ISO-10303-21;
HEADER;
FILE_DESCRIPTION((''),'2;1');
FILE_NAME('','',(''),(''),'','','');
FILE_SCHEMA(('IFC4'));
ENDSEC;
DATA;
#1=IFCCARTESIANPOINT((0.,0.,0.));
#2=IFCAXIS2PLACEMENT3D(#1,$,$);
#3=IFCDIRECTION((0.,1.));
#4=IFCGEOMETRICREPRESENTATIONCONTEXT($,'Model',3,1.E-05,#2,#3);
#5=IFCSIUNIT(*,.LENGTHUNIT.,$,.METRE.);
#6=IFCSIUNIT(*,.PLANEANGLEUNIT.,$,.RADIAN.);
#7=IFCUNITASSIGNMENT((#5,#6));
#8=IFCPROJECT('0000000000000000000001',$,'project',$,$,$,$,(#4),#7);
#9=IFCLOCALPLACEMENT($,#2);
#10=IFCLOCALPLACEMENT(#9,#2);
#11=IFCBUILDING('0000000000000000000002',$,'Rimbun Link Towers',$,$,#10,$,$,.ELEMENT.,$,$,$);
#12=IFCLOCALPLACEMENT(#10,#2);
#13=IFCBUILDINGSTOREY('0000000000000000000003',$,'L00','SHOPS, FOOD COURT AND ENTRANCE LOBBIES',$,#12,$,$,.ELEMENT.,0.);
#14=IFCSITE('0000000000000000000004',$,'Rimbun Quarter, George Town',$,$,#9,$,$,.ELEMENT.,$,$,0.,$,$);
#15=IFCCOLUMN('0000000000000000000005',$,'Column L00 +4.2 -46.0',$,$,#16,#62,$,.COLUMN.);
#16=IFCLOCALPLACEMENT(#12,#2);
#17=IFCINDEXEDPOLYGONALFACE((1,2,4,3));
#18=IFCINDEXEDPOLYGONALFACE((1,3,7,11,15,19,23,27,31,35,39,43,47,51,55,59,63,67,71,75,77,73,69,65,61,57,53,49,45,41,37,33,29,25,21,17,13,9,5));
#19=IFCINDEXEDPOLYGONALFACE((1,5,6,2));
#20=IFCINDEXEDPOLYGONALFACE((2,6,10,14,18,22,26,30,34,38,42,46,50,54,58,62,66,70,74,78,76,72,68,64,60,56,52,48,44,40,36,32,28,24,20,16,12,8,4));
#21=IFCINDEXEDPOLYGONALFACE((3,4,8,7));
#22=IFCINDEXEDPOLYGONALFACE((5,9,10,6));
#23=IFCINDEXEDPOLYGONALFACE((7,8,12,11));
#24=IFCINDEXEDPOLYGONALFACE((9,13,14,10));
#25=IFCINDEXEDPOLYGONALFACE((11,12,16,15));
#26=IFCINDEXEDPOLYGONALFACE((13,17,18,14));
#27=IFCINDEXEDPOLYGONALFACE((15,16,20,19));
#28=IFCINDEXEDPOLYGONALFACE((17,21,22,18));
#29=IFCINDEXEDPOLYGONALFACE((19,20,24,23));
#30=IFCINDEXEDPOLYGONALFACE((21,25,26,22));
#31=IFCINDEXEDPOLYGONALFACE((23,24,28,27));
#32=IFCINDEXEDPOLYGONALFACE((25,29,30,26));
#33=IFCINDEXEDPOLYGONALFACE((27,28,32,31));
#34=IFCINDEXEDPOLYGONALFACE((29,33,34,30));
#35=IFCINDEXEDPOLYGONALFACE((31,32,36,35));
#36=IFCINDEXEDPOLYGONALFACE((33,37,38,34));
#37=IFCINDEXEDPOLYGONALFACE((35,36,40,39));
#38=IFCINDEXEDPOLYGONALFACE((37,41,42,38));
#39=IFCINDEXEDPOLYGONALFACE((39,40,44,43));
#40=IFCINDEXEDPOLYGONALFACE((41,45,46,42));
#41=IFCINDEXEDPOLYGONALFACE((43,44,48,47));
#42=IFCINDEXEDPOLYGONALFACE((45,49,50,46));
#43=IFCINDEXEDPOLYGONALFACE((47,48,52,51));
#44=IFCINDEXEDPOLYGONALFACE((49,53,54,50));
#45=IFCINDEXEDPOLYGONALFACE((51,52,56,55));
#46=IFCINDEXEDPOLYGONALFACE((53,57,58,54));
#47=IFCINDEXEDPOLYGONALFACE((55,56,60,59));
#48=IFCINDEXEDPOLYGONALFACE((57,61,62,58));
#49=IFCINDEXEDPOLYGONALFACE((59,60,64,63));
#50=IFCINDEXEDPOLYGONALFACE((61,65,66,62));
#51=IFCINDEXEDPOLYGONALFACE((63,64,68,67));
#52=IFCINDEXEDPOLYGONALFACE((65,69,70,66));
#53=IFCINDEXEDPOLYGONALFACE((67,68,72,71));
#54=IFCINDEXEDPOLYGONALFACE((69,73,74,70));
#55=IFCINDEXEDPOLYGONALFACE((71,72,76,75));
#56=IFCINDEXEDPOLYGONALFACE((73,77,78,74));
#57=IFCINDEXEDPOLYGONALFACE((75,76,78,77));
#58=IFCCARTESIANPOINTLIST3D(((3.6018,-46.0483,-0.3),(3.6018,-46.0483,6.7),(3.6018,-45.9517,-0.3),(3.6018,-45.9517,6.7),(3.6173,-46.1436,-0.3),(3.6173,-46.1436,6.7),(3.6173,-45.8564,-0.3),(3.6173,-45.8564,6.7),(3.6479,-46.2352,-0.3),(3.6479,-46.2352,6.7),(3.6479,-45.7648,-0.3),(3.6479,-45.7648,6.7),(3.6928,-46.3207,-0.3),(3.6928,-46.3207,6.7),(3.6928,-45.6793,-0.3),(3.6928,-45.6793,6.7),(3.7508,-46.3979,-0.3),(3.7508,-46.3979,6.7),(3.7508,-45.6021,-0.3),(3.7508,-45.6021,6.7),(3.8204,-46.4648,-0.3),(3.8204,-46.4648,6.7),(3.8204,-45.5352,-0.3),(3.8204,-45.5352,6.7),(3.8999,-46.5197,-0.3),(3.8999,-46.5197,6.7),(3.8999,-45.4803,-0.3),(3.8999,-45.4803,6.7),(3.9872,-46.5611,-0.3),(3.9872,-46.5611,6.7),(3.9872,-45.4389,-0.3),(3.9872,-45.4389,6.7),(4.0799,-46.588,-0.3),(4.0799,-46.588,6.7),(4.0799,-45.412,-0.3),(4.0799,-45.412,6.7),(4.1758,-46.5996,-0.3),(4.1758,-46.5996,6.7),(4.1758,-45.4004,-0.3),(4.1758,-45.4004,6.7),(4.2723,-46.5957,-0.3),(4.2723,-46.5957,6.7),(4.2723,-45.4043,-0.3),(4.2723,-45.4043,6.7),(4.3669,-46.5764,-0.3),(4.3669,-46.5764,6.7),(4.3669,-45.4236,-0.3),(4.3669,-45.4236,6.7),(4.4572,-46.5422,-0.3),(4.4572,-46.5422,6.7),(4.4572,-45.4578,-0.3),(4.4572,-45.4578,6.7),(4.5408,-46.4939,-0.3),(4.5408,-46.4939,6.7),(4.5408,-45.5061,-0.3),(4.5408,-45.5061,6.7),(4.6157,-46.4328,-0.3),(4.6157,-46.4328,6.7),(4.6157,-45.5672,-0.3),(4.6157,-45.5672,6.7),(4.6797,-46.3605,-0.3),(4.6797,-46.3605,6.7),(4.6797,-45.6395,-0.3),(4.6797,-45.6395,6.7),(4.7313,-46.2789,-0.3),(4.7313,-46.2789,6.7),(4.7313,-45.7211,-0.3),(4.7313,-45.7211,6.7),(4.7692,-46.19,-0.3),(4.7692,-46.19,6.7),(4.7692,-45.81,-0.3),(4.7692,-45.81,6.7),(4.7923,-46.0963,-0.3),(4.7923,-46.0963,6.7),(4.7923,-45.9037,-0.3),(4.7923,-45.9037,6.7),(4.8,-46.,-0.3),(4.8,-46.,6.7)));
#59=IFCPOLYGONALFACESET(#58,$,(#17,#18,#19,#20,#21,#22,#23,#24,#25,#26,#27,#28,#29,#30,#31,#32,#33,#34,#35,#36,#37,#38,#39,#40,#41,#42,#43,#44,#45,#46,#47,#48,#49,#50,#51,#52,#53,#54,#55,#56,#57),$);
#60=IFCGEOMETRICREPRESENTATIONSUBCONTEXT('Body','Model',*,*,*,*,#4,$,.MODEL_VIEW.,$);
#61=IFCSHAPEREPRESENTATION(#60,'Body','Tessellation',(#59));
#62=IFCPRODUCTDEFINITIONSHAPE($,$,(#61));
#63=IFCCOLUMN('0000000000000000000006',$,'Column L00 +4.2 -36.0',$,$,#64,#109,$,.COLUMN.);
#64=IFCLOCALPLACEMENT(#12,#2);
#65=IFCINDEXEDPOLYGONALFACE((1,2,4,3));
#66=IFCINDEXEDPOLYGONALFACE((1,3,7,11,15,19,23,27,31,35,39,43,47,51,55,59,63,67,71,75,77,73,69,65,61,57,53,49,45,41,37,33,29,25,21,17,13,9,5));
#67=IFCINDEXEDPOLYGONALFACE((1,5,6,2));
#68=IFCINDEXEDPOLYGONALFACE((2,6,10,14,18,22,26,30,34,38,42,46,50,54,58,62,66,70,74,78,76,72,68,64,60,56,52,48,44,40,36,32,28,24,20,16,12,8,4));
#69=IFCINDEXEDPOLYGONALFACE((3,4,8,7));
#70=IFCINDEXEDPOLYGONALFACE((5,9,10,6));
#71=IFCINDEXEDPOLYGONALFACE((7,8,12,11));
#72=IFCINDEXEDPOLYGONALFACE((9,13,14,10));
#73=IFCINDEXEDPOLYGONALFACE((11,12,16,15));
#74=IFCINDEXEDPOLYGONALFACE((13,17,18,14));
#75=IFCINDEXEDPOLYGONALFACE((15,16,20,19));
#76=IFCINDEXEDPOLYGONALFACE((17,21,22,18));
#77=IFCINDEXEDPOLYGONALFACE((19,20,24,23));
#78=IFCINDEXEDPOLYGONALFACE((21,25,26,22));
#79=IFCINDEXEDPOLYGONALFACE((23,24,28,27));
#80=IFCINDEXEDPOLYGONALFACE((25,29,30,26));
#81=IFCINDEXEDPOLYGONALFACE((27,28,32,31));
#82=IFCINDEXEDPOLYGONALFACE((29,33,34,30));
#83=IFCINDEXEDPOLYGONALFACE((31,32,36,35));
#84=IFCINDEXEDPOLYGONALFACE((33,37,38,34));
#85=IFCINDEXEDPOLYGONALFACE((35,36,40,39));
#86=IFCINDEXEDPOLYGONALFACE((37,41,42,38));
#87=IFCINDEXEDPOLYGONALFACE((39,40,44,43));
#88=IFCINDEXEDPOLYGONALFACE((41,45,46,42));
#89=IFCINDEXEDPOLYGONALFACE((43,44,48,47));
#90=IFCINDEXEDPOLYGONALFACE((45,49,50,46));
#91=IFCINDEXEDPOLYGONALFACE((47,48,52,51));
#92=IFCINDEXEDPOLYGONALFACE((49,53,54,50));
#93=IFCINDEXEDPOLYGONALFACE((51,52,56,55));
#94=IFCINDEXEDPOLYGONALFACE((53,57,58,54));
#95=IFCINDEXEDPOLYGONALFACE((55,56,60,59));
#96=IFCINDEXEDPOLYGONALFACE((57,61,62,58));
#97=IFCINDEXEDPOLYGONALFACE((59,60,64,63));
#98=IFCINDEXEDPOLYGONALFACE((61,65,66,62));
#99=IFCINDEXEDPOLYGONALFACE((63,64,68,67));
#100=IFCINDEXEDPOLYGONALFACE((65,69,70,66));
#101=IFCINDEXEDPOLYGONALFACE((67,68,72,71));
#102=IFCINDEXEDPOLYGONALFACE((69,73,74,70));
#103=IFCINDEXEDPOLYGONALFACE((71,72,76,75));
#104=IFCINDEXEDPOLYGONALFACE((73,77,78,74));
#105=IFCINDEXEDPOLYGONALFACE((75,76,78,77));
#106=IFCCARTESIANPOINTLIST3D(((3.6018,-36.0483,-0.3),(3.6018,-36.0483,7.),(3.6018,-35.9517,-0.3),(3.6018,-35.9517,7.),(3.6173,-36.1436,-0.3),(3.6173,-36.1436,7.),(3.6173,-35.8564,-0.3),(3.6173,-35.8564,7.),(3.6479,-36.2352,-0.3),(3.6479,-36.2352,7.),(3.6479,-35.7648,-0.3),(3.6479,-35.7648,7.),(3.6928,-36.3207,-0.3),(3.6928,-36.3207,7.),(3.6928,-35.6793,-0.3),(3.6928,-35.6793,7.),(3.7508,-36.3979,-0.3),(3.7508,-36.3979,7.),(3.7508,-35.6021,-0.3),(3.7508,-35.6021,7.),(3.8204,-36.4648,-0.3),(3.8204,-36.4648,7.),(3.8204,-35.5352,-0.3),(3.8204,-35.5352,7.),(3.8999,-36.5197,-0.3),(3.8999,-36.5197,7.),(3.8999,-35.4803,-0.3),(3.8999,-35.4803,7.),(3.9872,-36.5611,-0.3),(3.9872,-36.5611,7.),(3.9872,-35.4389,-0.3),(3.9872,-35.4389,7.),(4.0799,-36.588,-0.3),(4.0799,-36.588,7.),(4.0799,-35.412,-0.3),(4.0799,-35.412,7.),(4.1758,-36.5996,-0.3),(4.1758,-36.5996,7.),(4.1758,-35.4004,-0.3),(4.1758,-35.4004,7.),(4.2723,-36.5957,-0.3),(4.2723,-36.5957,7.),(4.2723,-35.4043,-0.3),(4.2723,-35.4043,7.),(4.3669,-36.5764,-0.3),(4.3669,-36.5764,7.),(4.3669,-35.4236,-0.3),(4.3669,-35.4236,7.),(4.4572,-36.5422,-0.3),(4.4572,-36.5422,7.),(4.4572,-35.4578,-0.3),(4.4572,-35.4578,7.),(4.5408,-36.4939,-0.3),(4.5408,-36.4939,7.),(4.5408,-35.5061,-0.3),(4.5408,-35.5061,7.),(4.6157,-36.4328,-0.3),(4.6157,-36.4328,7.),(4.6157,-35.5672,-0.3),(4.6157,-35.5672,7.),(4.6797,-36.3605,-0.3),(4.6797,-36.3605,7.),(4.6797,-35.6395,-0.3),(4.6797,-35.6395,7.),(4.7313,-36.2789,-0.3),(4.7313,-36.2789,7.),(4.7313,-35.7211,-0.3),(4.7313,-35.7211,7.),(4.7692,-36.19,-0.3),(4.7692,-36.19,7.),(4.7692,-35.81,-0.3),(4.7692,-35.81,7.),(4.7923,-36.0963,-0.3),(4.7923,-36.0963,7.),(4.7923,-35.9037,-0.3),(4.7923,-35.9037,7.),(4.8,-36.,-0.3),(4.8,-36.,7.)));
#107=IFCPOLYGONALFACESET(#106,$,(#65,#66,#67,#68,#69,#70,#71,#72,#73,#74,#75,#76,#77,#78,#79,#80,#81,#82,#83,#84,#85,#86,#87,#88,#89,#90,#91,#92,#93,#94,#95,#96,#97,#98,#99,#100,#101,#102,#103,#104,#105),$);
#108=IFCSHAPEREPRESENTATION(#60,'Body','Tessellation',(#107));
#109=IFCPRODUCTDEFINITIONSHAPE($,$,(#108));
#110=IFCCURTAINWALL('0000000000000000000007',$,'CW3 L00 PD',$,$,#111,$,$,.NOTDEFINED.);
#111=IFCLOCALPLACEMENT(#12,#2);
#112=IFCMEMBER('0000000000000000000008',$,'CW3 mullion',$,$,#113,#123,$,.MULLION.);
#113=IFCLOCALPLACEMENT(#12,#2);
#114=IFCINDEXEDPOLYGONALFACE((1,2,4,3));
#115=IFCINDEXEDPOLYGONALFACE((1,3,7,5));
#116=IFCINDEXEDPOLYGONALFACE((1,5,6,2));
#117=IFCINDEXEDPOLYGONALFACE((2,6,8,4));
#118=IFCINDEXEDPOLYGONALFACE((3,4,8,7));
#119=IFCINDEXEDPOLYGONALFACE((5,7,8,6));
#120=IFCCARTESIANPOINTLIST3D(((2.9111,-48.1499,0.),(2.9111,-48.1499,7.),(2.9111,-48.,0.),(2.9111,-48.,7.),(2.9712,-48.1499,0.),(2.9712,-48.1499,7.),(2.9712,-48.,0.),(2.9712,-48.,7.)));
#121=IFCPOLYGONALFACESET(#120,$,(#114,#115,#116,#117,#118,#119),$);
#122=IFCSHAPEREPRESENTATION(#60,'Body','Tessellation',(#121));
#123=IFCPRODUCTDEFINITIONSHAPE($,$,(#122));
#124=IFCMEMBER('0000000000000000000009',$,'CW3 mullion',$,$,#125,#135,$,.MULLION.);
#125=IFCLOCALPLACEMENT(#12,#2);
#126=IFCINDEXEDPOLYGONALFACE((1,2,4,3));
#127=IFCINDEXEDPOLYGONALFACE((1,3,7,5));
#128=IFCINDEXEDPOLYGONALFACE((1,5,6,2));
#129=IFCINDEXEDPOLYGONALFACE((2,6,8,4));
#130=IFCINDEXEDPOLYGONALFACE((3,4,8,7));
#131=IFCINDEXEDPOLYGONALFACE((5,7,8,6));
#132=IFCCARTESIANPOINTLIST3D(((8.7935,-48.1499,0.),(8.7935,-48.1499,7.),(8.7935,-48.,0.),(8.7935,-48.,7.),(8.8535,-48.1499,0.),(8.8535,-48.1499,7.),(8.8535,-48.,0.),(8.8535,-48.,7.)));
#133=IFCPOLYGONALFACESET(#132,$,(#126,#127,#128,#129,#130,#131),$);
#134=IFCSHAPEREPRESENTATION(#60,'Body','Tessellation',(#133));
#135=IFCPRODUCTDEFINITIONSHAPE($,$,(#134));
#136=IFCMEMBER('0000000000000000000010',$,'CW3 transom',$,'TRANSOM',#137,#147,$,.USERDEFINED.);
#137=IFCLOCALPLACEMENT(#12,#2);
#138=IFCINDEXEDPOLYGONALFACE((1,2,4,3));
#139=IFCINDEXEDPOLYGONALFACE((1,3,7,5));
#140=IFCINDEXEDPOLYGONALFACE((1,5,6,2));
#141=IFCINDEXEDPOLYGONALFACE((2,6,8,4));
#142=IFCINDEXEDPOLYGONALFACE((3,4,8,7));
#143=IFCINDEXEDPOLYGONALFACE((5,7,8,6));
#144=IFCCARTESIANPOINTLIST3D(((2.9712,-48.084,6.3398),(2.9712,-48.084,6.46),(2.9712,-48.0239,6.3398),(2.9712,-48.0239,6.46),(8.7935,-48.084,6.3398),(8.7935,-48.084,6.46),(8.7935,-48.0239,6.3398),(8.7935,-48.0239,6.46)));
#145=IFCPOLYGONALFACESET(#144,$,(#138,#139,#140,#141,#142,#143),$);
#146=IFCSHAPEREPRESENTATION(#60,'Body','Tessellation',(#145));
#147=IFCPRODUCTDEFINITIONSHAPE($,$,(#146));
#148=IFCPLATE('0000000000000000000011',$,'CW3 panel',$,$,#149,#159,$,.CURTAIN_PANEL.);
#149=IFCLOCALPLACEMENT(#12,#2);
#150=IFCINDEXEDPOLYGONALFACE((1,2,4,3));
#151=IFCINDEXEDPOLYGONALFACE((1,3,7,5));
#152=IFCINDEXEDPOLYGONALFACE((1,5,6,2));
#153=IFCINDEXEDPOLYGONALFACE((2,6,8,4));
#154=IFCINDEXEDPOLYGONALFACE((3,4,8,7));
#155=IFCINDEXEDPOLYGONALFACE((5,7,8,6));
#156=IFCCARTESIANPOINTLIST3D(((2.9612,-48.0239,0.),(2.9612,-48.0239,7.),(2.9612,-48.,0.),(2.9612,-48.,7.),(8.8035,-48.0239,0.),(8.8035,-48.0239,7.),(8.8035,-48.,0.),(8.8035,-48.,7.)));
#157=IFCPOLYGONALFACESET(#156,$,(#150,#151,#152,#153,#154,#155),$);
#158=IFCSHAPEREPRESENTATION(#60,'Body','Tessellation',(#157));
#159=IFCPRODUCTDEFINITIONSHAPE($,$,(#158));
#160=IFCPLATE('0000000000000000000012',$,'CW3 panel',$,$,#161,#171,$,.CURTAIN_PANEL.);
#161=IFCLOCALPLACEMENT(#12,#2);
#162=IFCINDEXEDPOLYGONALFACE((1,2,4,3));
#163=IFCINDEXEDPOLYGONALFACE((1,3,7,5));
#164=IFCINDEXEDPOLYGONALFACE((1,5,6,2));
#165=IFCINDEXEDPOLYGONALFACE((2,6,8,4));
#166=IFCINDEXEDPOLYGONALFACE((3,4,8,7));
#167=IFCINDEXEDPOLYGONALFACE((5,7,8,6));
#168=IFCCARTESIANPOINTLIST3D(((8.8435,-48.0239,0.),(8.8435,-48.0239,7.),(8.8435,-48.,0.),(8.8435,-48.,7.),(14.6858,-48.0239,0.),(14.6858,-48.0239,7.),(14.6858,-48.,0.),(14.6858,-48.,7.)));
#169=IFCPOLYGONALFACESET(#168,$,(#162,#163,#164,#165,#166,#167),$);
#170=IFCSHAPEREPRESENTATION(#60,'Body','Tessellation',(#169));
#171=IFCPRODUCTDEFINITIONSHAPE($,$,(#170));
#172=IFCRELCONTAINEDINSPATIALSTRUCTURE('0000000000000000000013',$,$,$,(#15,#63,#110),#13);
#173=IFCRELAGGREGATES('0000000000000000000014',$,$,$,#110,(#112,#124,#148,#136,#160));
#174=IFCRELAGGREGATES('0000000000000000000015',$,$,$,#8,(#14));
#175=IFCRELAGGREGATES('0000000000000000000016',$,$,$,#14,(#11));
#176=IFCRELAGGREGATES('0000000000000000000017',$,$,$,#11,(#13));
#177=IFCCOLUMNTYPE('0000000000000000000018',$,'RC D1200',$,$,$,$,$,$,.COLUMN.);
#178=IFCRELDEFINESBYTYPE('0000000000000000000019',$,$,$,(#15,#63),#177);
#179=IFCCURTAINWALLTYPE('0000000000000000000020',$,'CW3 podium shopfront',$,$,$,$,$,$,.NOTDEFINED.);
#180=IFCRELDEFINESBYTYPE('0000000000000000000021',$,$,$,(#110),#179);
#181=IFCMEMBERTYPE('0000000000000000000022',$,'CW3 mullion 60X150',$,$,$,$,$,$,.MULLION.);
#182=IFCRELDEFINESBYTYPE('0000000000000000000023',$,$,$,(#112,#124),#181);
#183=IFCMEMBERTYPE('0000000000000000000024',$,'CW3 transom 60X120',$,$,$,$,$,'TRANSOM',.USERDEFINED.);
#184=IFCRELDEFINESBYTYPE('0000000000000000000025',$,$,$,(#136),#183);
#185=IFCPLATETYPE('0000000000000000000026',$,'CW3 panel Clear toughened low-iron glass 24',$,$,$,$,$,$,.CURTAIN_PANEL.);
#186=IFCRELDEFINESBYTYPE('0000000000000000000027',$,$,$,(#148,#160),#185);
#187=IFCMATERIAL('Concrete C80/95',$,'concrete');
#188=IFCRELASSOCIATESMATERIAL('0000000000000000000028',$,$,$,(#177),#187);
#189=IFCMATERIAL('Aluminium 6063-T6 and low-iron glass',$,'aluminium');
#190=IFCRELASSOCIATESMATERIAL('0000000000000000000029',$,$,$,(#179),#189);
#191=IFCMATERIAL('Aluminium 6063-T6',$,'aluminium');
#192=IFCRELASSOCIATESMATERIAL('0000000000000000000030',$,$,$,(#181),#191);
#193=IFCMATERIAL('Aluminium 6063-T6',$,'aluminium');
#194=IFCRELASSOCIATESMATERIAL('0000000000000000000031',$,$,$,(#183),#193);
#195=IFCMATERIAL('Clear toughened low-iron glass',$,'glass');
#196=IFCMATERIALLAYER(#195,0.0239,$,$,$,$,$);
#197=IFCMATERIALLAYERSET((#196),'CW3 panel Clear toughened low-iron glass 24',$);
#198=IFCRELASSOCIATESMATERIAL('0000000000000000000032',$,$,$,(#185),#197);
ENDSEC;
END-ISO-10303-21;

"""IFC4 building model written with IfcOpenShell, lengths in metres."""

from ifc_helpers import new_model, si_unit, direction, frame, origin, origin_2d, place, context, subcontext, project, spatial, rectangle, circle, extrude, material, layer, layer_set, material_profile, profile_set, type_object, element, aggregate, save


model = new_model("IFC4")

# Units and contexts
model_context = context("Model", 3, precision=1e-05, world=origin(), true_north=direction((0.0, 1.0)))
body_context = subcontext(model_context, "Body", "Model", "MODEL_VIEW")
ifc_project = project(units=[si_unit("LENGTHUNIT", "METRE"), si_unit("PLANEANGLEUNIT", "RADIAN")], contexts=[model_context])

# Site, building, storey
site_placement = place(None, origin())
site = spatial("IfcSite", under=ifc_project, at=site_placement, Name="Rimbun Quarter, George Town", CompositionType="ELEMENT", RefElevation=0.0)
building_placement = place(site_placement, origin())
building = spatial("IfcBuilding", under=site, at=building_placement, Name="Rimbun Link Towers", CompositionType="ELEMENT")
storey_placement = place(building_placement, origin())
storey = spatial("IfcBuildingStorey", under=building, at=storey_placement, Name="L00", Description="SHOPS, FOOD COURT AND ENTRANCE LOBBIES", CompositionType="ELEMENT", Elevation=0.0)

# Columns
ifc_material_1 = material(Name="Concrete C80/95", Category="concrete")
ifc_material_profile_1 = material_profile(ifc_material_1, circle(Radius=0.6001, at=origin_2d()), Name="RC D1200")
ifc_profile_set_1 = profile_set([ifc_material_profile_1], Name="Concrete C80/95")
column_type = type_object("IfcColumnType", Name="RC D1200", PredefinedType="COLUMN", material=ifc_profile_set_1)
column_1_placement = place(storey_placement, frame((4.2, -46.0, -0.3), z_axis=(0.0, 0.0, 1.0), x_axis=(1.0, 0.0, 0.0)))
element("IfcColumn", 1, at=column_1_placement, inside=storey, type_object=column_type, Name="Column L00 +4.2 -46.0", PredefinedType="COLUMN", context=body_context, shape_type="SweptSolid", body=[
    extrude(circle(Radius=0.6001, at=origin_2d()), origin(), (0.0, 0.0, 1.0), 7.0),
])
column_2_placement = place(storey_placement, frame((4.2, -36.0, -0.3), z_axis=(0.0, 0.0, 1.0), x_axis=(1.0, 0.0, 0.0)))
element("IfcColumn", 2, at=column_2_placement, inside=storey, type_object=column_type, Name="Column L00 +4.2 -36.0", PredefinedType="COLUMN", context=body_context, shape_type="SweptSolid", body=[
    extrude(circle(Radius=0.6001, at=origin_2d()), origin(), (0.0, 0.0, 1.0), 7.3),
])

# Curtain wall, members, plates
ifc_material_2 = material(Name="Aluminium 6063-T6 and low-iron glass", Category="aluminium")
curtain_wall_type = type_object("IfcCurtainWallType", Name="CW3 podium shopfront", PredefinedType="NOTDEFINED", material=ifc_material_2)
curtain_wall_placement = place(storey_placement, origin())
curtain_wall = element("IfcCurtainWall", 3, at=curtain_wall_placement, inside=storey, type_object=curtain_wall_type, Name="CW3 L00 PD", PredefinedType="NOTDEFINED")
ifc_material_3 = material(Name="Aluminium 6063-T6", Category="aluminium")
ifc_material_profile_2 = material_profile(ifc_material_3, rectangle(XDim=0.1499, YDim=0.0601, at=origin_2d()), Name="MULLION 60X150")
ifc_profile_set_2 = profile_set([ifc_material_profile_2], Name="Aluminium 6063-T6")
member_type_1 = type_object("IfcMemberType", Name="CW3 mullion 60X150", PredefinedType="MULLION", material=ifc_profile_set_2)
member_1_placement = place(storey_placement, frame((2.9412, -48.075, 0.0), z_axis=(0.0, 0.0, 1.0), x_axis=(0.0, -1.0, 0.0)))
member_1 = element("IfcMember", 4, at=member_1_placement, type_object=member_type_1, Name="CW3 mullion", PredefinedType="MULLION", context=body_context, shape_type="SweptSolid", body=[
    extrude(rectangle(XDim=0.1499, YDim=0.0601, at=origin_2d()), origin(), (0.0, 0.0, 1.0), 7.0),
])
member_2_placement = place(storey_placement, frame((8.8235, -48.075, 0.0), z_axis=(0.0, 0.0, 1.0), x_axis=(0.0, -1.0, 0.0)))
member_2 = element("IfcMember", 5, at=member_2_placement, type_object=member_type_1, Name="CW3 mullion", PredefinedType="MULLION", context=body_context, shape_type="SweptSolid", body=[
    extrude(rectangle(XDim=0.1499, YDim=0.0601, at=origin_2d()), origin(), (0.0, 0.0, 1.0), 7.0),
])
ifc_material_4 = material(Name="Aluminium 6063-T6", Category="aluminium")
ifc_material_profile_3 = material_profile(ifc_material_4, rectangle(XDim=0.0601, YDim=0.1201, at=origin_2d()), Name="TRANSOM 60X120")
ifc_profile_set_3 = profile_set([ifc_material_profile_3], Name="Aluminium 6063-T6")
member_type_2 = type_object("IfcMemberType", Name="CW3 transom 60X120", ElementType="TRANSOM", PredefinedType="USERDEFINED", material=ifc_profile_set_3)
member_3_placement = place(storey_placement, frame((8.7935, -48.054, 6.3999), z_axis=(-1.0, 0.0, 0.0), x_axis=(0.0, -1.0, 0.0)))
member_3 = element("IfcMember", 6, at=member_3_placement, type_object=member_type_2, Name="CW3 transom", ObjectType="TRANSOM", PredefinedType="USERDEFINED", context=body_context, shape_type="SweptSolid", body=[
    extrude(rectangle(XDim=0.0601, YDim=0.1201, at=origin_2d()), origin(), (0.0, 0.0, 1.0), 5.8223),
])
ifc_material_5 = material(Name="Clear toughened low-iron glass", Category="glass")
ifc_layer_1 = layer(ifc_material_5, 0.0239)
ifc_layer_set_1 = layer_set([ifc_layer_1], Name="CW3 panel Clear toughened low-iron glass 24")
plate_type = type_object("IfcPlateType", Name="CW3 panel Clear toughened low-iron glass 24", PredefinedType="CURTAIN_PANEL", material=ifc_layer_set_1)
plate_1_placement = place(storey_placement, frame((5.8823, -48.012, 0.0), z_axis=(0.0, 0.0, 1.0), x_axis=(-1.0, 0.0, 0.0)))
plate_1 = element("IfcPlate", 7, at=plate_1_placement, type_object=plate_type, Name="CW3 panel", PredefinedType="CURTAIN_PANEL", context=body_context, shape_type="SweptSolid", body=[
    extrude(rectangle(XDim=5.8423, YDim=0.0239, at=origin_2d()), origin(), (0.0, 0.0, 1.0), 7.0),
])
plate_2_placement = place(storey_placement, frame((11.7646, -48.012, 0.0), z_axis=(0.0, 0.0, 1.0), x_axis=(-1.0, 0.0, 0.0)))
plate_2 = element("IfcPlate", 8, at=plate_2_placement, type_object=plate_type, Name="CW3 panel", PredefinedType="CURTAIN_PANEL", context=body_context, shape_type="SweptSolid", body=[
    extrude(rectangle(XDim=5.8423, YDim=0.0239, at=origin_2d()), origin(), (0.0, 0.0, 1.0), 7.0),
])
aggregate(curtain_wall, [member_1, member_2, plate_1, member_3, plate_2])

save(model, "model.ifc")
